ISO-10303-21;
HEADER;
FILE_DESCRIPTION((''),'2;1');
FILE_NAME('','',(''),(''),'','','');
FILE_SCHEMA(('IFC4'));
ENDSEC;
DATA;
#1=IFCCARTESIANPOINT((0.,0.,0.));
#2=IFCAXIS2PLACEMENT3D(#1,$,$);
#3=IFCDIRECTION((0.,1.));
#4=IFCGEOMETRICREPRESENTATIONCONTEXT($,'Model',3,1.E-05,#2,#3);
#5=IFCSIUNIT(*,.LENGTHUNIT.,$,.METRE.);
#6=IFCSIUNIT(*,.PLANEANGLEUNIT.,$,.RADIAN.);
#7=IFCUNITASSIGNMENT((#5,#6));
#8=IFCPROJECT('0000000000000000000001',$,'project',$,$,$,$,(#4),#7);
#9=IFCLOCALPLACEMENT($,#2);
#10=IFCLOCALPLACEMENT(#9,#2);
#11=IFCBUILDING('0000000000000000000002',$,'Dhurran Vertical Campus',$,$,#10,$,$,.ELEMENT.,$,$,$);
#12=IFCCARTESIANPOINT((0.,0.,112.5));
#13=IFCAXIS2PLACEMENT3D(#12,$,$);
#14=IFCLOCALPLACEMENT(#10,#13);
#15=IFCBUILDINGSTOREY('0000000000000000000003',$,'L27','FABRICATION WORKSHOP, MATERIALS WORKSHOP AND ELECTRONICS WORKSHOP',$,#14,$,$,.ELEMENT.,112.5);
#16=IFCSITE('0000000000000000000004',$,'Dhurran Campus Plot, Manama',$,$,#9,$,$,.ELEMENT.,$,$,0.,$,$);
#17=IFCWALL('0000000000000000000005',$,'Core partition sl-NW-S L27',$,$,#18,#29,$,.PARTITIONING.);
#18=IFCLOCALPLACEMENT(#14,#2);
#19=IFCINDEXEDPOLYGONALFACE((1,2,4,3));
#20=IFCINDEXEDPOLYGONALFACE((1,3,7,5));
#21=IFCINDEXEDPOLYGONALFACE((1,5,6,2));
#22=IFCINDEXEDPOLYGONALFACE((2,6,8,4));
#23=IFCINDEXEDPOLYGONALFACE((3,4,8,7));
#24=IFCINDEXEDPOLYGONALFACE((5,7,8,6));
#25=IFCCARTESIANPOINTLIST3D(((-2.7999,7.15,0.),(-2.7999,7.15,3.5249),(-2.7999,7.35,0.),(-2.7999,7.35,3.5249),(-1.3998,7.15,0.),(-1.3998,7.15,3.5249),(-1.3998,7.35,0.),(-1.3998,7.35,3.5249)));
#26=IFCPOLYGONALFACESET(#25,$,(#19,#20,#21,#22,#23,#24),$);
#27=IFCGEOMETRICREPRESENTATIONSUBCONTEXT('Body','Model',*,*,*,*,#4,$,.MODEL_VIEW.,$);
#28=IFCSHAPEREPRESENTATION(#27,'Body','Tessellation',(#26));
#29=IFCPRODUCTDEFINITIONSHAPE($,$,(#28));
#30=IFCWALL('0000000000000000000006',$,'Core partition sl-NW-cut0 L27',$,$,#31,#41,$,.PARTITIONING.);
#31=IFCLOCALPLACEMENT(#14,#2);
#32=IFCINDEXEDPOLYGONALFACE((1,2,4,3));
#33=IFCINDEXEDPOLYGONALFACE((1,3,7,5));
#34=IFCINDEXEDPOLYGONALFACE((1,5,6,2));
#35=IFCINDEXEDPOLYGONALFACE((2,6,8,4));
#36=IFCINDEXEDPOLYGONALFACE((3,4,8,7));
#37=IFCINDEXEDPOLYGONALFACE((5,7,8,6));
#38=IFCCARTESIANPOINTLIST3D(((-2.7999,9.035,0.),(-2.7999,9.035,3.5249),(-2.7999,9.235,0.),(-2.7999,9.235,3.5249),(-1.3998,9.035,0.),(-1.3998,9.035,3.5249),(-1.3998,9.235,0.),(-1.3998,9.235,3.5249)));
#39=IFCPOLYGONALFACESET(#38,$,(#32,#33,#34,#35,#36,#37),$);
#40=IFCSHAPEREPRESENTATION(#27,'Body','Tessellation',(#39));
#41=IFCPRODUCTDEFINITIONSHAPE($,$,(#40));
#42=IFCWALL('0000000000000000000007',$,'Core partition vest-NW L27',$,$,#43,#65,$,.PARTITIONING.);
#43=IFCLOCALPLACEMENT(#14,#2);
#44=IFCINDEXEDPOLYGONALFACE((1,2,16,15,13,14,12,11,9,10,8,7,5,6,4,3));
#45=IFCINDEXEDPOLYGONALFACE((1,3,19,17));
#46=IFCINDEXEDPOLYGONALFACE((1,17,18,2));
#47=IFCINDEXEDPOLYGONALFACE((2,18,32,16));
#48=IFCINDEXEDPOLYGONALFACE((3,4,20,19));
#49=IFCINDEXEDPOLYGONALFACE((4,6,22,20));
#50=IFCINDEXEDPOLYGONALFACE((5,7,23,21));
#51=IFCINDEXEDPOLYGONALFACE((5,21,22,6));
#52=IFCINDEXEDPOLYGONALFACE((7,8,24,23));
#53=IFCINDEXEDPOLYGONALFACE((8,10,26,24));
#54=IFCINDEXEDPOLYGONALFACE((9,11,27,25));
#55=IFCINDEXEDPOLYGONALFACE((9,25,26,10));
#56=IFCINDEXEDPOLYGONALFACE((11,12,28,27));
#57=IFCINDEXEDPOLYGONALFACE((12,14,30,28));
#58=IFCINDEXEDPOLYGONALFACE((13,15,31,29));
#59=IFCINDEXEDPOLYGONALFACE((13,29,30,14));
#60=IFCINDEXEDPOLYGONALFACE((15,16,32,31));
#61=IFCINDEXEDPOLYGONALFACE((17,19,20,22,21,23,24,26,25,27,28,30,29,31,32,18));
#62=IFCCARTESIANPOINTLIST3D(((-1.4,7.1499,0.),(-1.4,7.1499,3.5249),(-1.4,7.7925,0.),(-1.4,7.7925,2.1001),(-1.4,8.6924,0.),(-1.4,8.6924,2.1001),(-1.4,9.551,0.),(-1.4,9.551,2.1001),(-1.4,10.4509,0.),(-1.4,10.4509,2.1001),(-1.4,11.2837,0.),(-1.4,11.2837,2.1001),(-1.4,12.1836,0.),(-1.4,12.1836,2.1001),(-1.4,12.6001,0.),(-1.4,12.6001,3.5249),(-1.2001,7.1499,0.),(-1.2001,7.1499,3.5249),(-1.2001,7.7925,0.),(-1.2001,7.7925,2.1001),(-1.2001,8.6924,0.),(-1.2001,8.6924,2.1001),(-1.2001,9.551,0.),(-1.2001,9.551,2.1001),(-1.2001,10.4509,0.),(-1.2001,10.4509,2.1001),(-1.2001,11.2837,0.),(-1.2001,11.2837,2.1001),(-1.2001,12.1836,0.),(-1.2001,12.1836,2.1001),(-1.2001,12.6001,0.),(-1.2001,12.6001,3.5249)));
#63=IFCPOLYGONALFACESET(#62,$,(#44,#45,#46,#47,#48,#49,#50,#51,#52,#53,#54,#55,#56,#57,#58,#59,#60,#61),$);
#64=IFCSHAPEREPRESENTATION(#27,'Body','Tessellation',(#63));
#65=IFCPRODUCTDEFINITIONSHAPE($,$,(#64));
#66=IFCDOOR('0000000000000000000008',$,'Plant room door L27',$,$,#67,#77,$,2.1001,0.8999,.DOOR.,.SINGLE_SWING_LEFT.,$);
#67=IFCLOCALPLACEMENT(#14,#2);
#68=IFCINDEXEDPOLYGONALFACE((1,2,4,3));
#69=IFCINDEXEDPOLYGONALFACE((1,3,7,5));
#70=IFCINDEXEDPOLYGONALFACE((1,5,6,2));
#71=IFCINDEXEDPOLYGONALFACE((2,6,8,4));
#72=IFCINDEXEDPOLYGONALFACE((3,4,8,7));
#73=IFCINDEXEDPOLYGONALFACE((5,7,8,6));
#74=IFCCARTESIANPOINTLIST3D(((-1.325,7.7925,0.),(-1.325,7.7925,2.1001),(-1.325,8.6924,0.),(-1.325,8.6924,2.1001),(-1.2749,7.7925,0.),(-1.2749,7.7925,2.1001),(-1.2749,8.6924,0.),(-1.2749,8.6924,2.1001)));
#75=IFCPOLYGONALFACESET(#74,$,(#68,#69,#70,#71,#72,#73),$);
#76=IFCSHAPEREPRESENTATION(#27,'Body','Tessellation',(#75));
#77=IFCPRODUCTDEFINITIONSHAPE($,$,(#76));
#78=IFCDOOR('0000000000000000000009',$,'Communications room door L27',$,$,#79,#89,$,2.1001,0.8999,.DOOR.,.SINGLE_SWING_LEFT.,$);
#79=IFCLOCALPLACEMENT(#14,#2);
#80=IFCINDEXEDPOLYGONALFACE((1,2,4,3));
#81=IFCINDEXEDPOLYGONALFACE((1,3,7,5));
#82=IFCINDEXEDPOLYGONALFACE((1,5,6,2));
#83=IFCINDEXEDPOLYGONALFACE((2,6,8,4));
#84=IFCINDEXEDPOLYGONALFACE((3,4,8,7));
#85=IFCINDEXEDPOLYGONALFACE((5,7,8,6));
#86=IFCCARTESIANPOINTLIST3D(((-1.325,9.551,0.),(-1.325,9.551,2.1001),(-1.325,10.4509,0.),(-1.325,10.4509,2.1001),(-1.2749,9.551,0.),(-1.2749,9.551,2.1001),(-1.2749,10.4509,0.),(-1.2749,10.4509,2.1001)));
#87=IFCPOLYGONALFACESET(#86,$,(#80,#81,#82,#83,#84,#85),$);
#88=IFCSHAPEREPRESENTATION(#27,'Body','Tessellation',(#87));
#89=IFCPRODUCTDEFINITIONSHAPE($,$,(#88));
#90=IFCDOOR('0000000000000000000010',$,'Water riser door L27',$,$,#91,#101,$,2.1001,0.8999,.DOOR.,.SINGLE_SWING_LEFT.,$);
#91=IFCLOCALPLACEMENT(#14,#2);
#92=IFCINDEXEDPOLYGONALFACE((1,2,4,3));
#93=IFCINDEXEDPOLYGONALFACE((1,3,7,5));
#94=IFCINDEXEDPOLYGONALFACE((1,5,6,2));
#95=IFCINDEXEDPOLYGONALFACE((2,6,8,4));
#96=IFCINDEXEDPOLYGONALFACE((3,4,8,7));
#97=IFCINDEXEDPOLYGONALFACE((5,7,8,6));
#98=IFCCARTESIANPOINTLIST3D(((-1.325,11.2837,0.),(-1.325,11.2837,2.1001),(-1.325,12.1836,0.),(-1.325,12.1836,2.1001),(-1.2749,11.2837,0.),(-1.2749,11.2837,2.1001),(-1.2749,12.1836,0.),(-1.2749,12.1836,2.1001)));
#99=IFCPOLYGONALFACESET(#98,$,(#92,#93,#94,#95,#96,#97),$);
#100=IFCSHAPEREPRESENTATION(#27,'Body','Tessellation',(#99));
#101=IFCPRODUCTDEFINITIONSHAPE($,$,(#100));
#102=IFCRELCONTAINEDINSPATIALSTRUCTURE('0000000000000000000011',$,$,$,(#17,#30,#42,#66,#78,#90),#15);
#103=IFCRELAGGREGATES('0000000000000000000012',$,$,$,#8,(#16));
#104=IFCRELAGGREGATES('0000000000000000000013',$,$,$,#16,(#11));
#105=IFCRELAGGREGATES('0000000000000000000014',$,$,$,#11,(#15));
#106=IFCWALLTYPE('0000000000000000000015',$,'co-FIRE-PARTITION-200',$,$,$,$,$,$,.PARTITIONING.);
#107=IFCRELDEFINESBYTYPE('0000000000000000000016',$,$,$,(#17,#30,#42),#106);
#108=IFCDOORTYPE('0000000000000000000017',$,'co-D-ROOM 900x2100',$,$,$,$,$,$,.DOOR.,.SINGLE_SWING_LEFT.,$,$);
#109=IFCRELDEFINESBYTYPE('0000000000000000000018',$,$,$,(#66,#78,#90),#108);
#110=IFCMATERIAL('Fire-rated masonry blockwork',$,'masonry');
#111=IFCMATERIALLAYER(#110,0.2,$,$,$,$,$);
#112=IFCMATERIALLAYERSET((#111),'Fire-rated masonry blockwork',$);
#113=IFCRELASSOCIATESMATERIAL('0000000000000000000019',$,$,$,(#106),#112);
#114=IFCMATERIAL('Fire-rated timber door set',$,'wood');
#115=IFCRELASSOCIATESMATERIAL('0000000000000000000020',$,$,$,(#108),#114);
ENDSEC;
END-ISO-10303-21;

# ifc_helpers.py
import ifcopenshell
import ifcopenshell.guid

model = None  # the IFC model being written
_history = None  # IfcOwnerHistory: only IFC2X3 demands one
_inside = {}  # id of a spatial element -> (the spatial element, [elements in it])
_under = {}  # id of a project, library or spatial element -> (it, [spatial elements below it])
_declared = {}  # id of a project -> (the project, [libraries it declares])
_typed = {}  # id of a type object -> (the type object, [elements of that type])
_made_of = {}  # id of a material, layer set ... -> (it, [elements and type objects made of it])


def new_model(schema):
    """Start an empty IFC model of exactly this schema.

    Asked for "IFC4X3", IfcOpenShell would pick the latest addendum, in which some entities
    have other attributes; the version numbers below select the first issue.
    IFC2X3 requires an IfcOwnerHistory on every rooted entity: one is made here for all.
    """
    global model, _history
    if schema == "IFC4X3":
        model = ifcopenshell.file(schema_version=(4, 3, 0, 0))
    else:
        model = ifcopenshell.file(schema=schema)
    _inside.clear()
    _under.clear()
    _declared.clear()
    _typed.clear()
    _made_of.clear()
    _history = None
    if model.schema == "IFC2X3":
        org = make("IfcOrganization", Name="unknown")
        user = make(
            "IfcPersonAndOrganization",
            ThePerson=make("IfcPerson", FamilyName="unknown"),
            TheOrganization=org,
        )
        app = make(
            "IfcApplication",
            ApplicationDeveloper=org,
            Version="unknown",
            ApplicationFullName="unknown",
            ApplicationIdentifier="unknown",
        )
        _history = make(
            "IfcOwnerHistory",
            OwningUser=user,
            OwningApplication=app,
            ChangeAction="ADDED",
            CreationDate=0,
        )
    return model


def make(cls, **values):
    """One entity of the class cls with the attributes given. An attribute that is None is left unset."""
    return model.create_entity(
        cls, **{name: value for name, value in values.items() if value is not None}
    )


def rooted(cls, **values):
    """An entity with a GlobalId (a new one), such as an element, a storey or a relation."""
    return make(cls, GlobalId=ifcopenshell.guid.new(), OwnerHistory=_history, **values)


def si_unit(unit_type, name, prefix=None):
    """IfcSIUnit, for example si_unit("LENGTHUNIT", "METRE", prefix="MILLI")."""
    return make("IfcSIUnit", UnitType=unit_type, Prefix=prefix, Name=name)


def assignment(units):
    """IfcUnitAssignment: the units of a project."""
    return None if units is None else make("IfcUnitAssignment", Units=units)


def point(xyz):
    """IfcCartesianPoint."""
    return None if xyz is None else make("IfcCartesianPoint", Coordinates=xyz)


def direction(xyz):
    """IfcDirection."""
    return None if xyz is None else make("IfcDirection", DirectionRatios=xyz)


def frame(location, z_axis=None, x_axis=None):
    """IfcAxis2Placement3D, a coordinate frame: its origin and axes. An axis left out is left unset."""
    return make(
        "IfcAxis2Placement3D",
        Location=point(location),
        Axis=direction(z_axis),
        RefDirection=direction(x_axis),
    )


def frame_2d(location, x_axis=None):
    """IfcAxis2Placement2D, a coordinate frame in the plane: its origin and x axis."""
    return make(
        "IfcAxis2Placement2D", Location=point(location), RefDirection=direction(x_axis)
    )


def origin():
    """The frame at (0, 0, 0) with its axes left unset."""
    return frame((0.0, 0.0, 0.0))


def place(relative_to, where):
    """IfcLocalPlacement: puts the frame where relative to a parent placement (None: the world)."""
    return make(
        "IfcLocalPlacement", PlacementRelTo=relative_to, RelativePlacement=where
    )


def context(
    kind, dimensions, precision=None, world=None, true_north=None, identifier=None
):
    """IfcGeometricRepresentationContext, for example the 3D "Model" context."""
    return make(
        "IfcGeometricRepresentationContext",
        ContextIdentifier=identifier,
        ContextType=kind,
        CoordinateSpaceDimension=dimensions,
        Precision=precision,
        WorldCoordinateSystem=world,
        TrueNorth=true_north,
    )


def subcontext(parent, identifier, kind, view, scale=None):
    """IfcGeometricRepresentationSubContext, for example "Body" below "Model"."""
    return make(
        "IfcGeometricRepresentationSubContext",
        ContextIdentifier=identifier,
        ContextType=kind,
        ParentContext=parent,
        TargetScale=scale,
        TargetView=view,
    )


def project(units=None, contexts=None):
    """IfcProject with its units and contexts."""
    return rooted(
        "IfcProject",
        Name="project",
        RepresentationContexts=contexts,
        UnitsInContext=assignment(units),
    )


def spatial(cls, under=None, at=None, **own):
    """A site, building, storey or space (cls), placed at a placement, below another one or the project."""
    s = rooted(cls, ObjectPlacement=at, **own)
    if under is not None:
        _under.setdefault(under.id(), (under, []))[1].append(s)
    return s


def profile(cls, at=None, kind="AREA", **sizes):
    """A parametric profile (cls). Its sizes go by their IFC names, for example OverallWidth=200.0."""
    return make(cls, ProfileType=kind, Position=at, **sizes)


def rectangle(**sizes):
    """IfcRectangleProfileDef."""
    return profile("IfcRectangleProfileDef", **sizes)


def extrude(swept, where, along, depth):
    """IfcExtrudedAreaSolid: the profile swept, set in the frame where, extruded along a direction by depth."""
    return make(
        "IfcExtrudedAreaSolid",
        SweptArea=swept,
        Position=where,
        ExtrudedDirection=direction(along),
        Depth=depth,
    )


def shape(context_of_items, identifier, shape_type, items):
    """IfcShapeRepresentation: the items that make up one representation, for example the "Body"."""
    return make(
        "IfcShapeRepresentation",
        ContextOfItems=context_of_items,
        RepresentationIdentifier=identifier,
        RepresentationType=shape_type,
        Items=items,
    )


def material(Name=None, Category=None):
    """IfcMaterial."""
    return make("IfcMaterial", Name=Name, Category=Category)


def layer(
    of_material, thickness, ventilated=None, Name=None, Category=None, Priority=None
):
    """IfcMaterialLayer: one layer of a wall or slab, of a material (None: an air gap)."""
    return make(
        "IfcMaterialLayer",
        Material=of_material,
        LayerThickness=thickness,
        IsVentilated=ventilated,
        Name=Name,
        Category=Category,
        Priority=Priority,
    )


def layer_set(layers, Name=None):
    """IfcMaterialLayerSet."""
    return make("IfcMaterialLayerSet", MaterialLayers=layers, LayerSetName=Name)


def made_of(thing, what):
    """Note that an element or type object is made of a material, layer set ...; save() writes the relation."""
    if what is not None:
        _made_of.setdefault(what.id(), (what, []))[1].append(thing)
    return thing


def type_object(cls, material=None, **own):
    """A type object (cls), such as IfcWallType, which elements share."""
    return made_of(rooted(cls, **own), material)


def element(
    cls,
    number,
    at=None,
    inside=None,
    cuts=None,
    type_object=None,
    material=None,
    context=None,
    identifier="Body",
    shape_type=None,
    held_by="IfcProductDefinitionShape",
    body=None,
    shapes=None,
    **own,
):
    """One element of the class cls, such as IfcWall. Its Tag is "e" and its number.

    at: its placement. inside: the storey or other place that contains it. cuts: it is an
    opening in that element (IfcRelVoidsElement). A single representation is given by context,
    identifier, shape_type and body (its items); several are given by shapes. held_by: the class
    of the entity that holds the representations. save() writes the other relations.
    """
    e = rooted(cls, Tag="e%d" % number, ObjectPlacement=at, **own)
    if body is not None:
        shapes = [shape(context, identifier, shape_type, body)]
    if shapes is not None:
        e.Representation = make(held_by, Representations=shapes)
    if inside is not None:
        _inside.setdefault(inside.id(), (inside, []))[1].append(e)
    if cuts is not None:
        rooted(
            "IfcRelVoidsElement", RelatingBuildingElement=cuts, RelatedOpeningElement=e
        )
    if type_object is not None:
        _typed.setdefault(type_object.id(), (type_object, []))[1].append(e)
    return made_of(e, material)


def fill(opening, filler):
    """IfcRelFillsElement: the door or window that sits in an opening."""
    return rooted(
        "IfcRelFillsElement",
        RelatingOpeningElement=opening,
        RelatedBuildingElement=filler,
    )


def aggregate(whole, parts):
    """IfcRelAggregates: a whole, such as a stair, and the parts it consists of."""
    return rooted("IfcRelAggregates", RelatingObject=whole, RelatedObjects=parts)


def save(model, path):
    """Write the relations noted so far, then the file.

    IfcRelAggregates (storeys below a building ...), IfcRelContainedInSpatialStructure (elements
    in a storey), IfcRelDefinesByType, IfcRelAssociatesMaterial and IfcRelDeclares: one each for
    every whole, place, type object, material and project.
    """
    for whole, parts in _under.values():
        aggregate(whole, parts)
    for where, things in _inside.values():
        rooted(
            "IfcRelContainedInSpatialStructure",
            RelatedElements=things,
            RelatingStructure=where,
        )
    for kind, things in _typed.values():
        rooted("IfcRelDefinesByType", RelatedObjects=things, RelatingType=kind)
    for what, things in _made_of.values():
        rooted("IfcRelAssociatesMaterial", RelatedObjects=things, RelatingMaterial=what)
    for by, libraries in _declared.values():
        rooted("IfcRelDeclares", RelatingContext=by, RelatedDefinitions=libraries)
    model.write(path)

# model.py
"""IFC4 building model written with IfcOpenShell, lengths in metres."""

from ifc_helpers import new_model, si_unit, direction, frame, frame_2d, origin, place, context, subcontext, project, spatial, rectangle, extrude, material, layer, layer_set, type_object, element, fill, save


model = new_model("IFC4")

# Units and contexts
model_context = context("Model", 3, precision=1e-05, world=origin(), true_north=direction((0.0, 1.0)))
body_context = subcontext(model_context, "Body", "Model", "MODEL_VIEW")
ifc_project = project(units=[si_unit("LENGTHUNIT", "METRE"), si_unit("PLANEANGLEUNIT", "RADIAN")], contexts=[model_context])

# Site, building, storey
site_placement = place(None, origin())
site = spatial("IfcSite", under=ifc_project, at=site_placement, Name="Dhurran Campus Plot, Manama", CompositionType="ELEMENT", RefElevation=0.0)
building_placement = place(site_placement, origin())
building = spatial("IfcBuilding", under=site, at=building_placement, Name="Dhurran Vertical Campus", CompositionType="ELEMENT")
storey_placement = place(building_placement, frame((0.0, 0.0, 112.5)))
storey = spatial("IfcBuildingStorey", under=building, at=storey_placement, Name="L27", Description="FABRICATION WORKSHOP, MATERIALS WORKSHOP AND ELECTRONICS WORKSHOP", CompositionType="ELEMENT", Elevation=112.5)

# Walls
ifc_material_1 = material(Name="Fire-rated masonry blockwork", Category="masonry")
ifc_layer_1 = layer(ifc_material_1, 0.2)
ifc_layer_set_1 = layer_set([ifc_layer_1], Name="Fire-rated masonry blockwork")
wall_type_1 = type_object("IfcWallType", Name="co-FIRE-PARTITION-200", PredefinedType="PARTITIONING", material=ifc_layer_set_1)
for number, where, z_axis, x_axis, name in (
    (1, (-2.8, 7.25, 0.0), (0.0, 0.0, 1.0), (1.0, 0.0, 0.0), "Core partition sl-NW-S L27"),
    (2, (-2.8, 9.135, 0.0), (0.0, 0.0, 1.0), (1.0, 0.0, 0.0), "Core partition sl-NW-cut0 L27"),
):
    element("IfcWall", number, at=place(storey_placement, frame(where, z_axis=z_axis, x_axis=x_axis)), inside=storey, type_object=wall_type_1, Name=name, PredefinedType="PARTITIONING", context=body_context, shape_type="SweptSolid", body=[
        extrude(rectangle(XDim=1.4001, YDim=0.2, at=frame_2d((0.7002, 0.0))), origin(), (0.0, 0.0, 1.0), 3.5249),
    ])

# Wall, openings, doors
wall_1_placement = place(storey_placement, frame((-1.3, 7.1499, 0.0), z_axis=(0.0, 0.0, 1.0), x_axis=(0.0, 1.0, 0.0)))
wall_1 = element("IfcWall", 3, at=wall_1_placement, inside=storey, type_object=wall_type_1, Name="Core partition vest-NW L27", PredefinedType="PARTITIONING", context=body_context, shape_type="SweptSolid", body=[
    extrude(rectangle(XDim=5.4502, YDim=0.2, at=frame_2d((2.7251, 0.0))), origin(), (0.0, 0.0, 1.0), 3.5249),
])
opening_1_placement = place(wall_1_placement, frame((0.6426, 0.0, 0.0)))
opening_1 = element("IfcOpeningElement", 4, at=opening_1_placement, cuts=wall_1, PredefinedType="OPENING", context=body_context, shape_type="SweptSolid", body=[
    extrude(rectangle(XDim=0.8999, YDim=2.1001, at=frame_2d((0.45, 1.05))), frame((0.0, 0.1099, 0.0), z_axis=(0.0, -1.0, 0.0), x_axis=(1.0, 0.0, 0.0)), (0.0, 0.0, 1.0), 0.22),
])
opening_2_placement = place(wall_1_placement, frame((2.4011, 0.0, 0.0)))
opening_2 = element("IfcOpeningElement", 5, at=opening_2_placement, cuts=wall_1, PredefinedType="OPENING", context=body_context, shape_type="SweptSolid", body=[
    extrude(rectangle(XDim=0.8999, YDim=2.1001, at=frame_2d((0.45, 1.05))), frame((0.0, 0.1099, 0.0), z_axis=(0.0, -1.0, 0.0), x_axis=(1.0, 0.0, 0.0)), (0.0, 0.0, 1.0), 0.22),
])
opening_3_placement = place(wall_1_placement, frame((4.1338, 0.0, 0.0)))
opening_3 = element("IfcOpeningElement", 6, at=opening_3_placement, cuts=wall_1, PredefinedType="OPENING", context=body_context, shape_type="SweptSolid", body=[
    extrude(rectangle(XDim=0.8999, YDim=2.1001, at=frame_2d((0.45, 1.05))), frame((0.0, 0.1099, 0.0), z_axis=(0.0, -1.0, 0.0), x_axis=(1.0, 0.0, 0.0)), (0.0, 0.0, 1.0), 0.22),
])
ifc_material_2 = material(Name="Fire-rated timber door set", Category="wood")
door_type_1 = type_object("IfcDoorType", Name="co-D-ROOM 900x2100", OperationType="SINGLE_SWING_LEFT", PredefinedType="DOOR", material=ifc_material_2)
door_1_placement = place(opening_1_placement, origin())
door_1 = element("IfcDoor", 7, at=door_1_placement, inside=storey, type_object=door_type_1, Name="Plant room door L27", OperationType="SINGLE_SWING_LEFT", OverallHeight=2.1001, OverallWidth=0.8999, PredefinedType="DOOR", context=body_context, shape_type="SweptSolid", body=[
    extrude(rectangle(XDim=0.8999, YDim=2.1001, at=frame_2d((0.45, 1.05))), frame((0.0, 0.0249, 0.0), z_axis=(0.0, -1.0, 0.0), x_axis=(1.0, 0.0, 0.0)), (0.0, 0.0, 1.0), 0.05),
])
fill(opening_1, door_1)
door_2_placement = place(opening_2_placement, origin())
door_2 = element("IfcDoor", 8, at=door_2_placement, inside=storey, type_object=door_type_1, Name="Communications room door L27", OperationType="SINGLE_SWING_LEFT", OverallHeight=2.1001, OverallWidth=0.8999, PredefinedType="DOOR", context=body_context, shape_type="SweptSolid", body=[
    extrude(rectangle(XDim=0.8999, YDim=2.1001, at=frame_2d((0.45, 1.05))), frame((0.0, 0.0249, 0.0), z_axis=(0.0, -1.0, 0.0), x_axis=(1.0, 0.0, 0.0)), (0.0, 0.0, 1.0), 0.05),
])
fill(opening_2, door_2)
door_3_placement = place(opening_3_placement, origin())
door_3 = element("IfcDoor", 9, at=door_3_placement, inside=storey, type_object=door_type_1, Name="Water riser door L27", OperationType="SINGLE_SWING_LEFT", OverallHeight=2.1001, OverallWidth=0.8999, PredefinedType="DOOR", context=body_context, shape_type="SweptSolid", body=[
    extrude(rectangle(XDim=0.8999, YDim=2.1001, at=frame_2d((0.45, 1.05))), frame((0.0, 0.0249, 0.0), z_axis=(0.0, -1.0, 0.0), x_axis=(1.0, 0.0, 0.0)), (0.0, 0.0, 1.0), 0.05),
])
fill(opening_3, door_3)

save(model, "model.ifc")
